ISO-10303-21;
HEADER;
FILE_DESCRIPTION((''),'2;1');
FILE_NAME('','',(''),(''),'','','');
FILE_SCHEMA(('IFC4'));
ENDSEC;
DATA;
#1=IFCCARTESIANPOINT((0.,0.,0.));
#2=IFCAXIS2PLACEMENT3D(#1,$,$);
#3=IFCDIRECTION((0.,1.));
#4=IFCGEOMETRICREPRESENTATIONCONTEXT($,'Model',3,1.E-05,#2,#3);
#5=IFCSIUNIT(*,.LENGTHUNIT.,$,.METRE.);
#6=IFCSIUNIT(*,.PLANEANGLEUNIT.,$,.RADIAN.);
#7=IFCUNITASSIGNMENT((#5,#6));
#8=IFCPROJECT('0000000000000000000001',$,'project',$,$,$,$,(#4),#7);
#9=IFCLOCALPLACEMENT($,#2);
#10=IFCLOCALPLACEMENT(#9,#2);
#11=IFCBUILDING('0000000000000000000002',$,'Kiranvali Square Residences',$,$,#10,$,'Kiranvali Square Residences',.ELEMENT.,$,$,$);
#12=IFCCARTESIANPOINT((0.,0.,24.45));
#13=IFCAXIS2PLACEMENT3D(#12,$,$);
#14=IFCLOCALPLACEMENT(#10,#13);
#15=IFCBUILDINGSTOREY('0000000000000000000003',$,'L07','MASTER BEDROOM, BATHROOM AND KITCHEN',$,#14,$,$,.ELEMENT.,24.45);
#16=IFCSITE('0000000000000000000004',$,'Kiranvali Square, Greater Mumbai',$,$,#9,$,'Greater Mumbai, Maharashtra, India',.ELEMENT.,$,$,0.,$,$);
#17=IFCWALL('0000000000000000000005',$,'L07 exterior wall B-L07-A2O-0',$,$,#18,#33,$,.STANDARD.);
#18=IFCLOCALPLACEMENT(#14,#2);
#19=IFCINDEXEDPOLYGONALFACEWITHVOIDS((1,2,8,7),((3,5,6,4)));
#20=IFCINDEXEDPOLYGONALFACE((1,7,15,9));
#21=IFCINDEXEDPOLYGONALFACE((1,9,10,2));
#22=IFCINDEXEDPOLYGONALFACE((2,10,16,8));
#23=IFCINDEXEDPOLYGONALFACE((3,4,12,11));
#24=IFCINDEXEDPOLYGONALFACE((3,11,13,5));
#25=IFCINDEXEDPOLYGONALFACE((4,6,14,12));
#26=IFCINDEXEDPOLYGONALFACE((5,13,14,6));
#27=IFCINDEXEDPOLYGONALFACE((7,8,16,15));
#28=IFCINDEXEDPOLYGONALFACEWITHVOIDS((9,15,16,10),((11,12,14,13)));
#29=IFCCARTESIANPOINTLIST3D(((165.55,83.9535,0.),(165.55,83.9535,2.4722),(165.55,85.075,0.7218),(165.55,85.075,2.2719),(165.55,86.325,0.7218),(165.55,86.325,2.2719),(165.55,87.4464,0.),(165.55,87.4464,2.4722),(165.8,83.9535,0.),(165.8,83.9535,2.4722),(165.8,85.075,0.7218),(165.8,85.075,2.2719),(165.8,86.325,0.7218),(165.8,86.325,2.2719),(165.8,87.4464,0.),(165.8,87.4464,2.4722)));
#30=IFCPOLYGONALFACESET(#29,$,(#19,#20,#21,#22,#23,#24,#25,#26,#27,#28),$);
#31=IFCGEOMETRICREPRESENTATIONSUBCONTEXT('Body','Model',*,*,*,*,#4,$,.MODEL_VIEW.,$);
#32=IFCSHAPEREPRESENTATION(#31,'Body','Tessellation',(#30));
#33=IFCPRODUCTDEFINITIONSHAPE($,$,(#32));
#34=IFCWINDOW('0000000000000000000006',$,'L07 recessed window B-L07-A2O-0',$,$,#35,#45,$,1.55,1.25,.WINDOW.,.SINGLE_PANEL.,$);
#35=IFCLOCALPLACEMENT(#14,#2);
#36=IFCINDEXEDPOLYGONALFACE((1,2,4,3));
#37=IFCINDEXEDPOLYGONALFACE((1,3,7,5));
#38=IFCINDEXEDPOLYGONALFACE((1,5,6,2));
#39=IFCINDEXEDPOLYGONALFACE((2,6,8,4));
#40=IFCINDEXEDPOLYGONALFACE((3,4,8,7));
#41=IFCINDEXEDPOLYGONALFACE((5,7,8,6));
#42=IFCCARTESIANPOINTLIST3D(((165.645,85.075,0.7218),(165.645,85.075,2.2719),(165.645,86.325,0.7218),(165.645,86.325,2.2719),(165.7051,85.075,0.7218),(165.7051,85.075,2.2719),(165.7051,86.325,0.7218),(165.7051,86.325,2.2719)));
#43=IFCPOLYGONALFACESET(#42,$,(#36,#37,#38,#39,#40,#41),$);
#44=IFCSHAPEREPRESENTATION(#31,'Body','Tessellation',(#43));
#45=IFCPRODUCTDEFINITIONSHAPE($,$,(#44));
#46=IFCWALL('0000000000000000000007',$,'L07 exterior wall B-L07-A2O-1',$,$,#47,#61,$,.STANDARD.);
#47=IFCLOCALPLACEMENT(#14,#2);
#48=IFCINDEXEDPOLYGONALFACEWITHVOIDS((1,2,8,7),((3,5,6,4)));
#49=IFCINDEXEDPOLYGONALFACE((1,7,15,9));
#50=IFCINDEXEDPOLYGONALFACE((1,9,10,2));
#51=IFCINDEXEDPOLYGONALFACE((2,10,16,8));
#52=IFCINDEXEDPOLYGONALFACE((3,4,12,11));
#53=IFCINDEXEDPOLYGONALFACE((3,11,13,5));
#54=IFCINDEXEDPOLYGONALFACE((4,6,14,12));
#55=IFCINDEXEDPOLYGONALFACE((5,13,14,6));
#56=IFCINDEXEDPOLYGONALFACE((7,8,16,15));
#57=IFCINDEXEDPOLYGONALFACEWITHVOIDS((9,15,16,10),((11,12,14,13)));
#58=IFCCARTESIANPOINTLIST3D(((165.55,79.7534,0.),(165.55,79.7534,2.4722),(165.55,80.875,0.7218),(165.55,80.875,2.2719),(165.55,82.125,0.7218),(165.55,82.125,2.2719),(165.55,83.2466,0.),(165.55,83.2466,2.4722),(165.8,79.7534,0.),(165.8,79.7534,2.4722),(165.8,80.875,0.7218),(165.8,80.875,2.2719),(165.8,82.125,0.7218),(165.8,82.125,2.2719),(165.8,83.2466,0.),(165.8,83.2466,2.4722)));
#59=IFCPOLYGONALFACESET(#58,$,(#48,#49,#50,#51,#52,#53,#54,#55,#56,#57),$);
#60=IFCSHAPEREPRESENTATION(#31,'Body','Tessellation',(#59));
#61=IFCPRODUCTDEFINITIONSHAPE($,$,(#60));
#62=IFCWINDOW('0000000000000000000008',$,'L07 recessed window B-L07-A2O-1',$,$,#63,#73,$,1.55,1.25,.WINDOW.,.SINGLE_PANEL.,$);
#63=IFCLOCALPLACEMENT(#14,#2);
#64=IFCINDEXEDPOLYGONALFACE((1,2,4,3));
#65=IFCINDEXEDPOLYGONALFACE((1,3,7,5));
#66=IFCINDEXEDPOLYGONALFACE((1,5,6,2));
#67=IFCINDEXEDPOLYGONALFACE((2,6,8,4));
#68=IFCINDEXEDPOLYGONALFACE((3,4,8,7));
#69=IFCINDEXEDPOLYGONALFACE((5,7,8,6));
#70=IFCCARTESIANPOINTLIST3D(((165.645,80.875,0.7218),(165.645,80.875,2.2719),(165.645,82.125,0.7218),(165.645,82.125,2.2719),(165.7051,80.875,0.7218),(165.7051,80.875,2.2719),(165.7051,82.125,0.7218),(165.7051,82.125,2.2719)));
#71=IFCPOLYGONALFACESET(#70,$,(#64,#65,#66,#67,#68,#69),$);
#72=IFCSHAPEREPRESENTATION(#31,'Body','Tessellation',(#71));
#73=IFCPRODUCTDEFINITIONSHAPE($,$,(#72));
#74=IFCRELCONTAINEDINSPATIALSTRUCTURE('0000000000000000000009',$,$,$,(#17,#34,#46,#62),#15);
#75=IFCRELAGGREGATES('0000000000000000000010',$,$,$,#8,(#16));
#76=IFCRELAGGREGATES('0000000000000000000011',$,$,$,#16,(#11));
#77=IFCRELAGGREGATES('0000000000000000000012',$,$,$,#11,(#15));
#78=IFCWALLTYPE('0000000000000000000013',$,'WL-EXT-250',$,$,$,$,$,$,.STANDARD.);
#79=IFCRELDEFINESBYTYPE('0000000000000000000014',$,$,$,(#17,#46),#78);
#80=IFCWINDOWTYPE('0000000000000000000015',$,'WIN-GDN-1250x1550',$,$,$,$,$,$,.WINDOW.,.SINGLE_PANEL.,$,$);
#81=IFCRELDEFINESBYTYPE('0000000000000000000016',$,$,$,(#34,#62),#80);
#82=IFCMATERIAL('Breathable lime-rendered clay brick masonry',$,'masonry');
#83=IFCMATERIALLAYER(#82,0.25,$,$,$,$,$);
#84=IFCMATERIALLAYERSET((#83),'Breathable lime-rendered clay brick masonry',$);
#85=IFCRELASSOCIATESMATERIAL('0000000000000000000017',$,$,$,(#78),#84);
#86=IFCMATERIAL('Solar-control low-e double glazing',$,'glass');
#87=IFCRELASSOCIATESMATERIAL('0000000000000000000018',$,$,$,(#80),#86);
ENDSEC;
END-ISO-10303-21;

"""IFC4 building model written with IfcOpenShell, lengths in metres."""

from ifc_helpers import new_model, si_unit, direction, frame, frame_2d, origin, place, context, subcontext, project, spatial, rectangle, extrude, material, layer, layer_set, type_object, element, fill, save


model = new_model("IFC4")

# Units and contexts
model_context = context("Model", 3, precision=1e-05, world=origin(), true_north=direction((0.0, 1.0)))
body_context = subcontext(model_context, "Body", "Model", "MODEL_VIEW")
ifc_project = project(units=[si_unit("LENGTHUNIT", "METRE"), si_unit("PLANEANGLEUNIT", "RADIAN")], contexts=[model_context])

# Site, building, storey
site_placement = place(None, origin())
site = spatial("IfcSite", under=ifc_project, at=site_placement, Name="Kiranvali Square, Greater Mumbai", LongName="Greater Mumbai, Maharashtra, India", CompositionType="ELEMENT", RefElevation=0.0)
building_placement = place(site_placement, origin())
building = spatial("IfcBuilding", under=site, at=building_placement, Name="Kiranvali Square Residences", LongName="Kiranvali Square Residences", CompositionType="ELEMENT")
storey_placement = place(building_placement, frame((0.0, 0.0, 24.45)))
storey = spatial("IfcBuildingStorey", under=building, at=storey_placement, Name="L07", Description="MASTER BEDROOM, BATHROOM AND KITCHEN", CompositionType="ELEMENT", Elevation=24.45)

# Walls, openings, windows
ifc_material_1 = material(Name="Breathable lime-rendered clay brick masonry", Category="masonry")
ifc_layer = layer(ifc_material_1, 0.25)
ifc_layer_set = layer_set([ifc_layer], Name="Breathable lime-rendered clay brick masonry")
wall_type = type_object("IfcWallType", Name="WL-EXT-250", PredefinedType="STANDARD", material=ifc_layer_set)
wall_1_placement = place(storey_placement, frame((165.675, 87.4465, 0.0), z_axis=(0.0, 0.0, 1.0), x_axis=(0.0, -1.0, 0.0)))
wall_1 = element("IfcWall", 1, at=wall_1_placement, inside=storey, type_object=wall_type, Name="L07 exterior wall B-L07-A2O-0", PredefinedType="STANDARD", context=body_context, shape_type="SweptSolid", body=[
    extrude(rectangle(XDim=3.4929, YDim=0.25, at=frame_2d((1.7466, 0.0))), origin(), (0.0, 0.0, 1.0), 2.4722),
])
opening_1_placement = place(wall_1_placement, frame((1.1216, 0.0, 0.7219)))
opening_1 = element("IfcOpeningElement", 2, at=opening_1_placement, cuts=wall_1, PredefinedType="OPENING", context=body_context, shape_type="SweptSolid", body=[
    extrude(rectangle(XDim=1.25, YDim=1.55, at=frame_2d((0.625, 0.7749))), frame((0.0, 0.135, 0.0), z_axis=(0.0, -1.0, 0.0), x_axis=(1.0, 0.0, 0.0)), (0.0, 0.0, 1.0), 0.27),
])
ifc_material_2 = material(Name="Solar-control low-e double glazing", Category="glass")
window_type = type_object("IfcWindowType", Name="WIN-GDN-1250x1550", PartitioningType="SINGLE_PANEL", PredefinedType="WINDOW", material=ifc_material_2)
window_1_placement = place(opening_1_placement, origin())
window_1 = element("IfcWindow", 3, at=window_1_placement, inside=storey, type_object=window_type, Name="L07 recessed window B-L07-A2O-0", OverallHeight=1.55, OverallWidth=1.25, PartitioningType="SINGLE_PANEL", PredefinedType="WINDOW", context=body_context, shape_type="SweptSolid", body=[
    extrude(rectangle(XDim=1.25, YDim=1.55, at=frame_2d((0.625, 0.7749))), frame((0.0, 0.03, 0.0), z_axis=(0.0, -1.0, 0.0), x_axis=(1.0, 0.0, 0.0)), (0.0, 0.0, 1.0), 0.0601),
])
fill(opening_1, window_1)
wall_2_placement = place(storey_placement, frame((165.675, 83.2466, 0.0), z_axis=(0.0, 0.0, 1.0), x_axis=(0.0, -1.0, 0.0)))
wall_2 = element("IfcWall", 4, at=wall_2_placement, inside=storey, type_object=wall_type, Name="L07 exterior wall B-L07-A2O-1", PredefinedType="STANDARD", context=body_context, shape_type="SweptSolid", body=[
    extrude(rectangle(XDim=3.4932, YDim=0.25, at=frame_2d((1.7466, 0.0))), origin(), (0.0, 0.0, 1.0), 2.4722),
])
opening_2_placement = place(wall_2_placement, frame((1.1216, 0.0, 0.7219)))
opening_2 = element("IfcOpeningElement", 5, at=opening_2_placement, cuts=wall_2, PredefinedType="OPENING", context=body_context, shape_type="SweptSolid", body=[
    extrude(rectangle(XDim=1.25, YDim=1.55, at=frame_2d((0.625, 0.7749))), frame((0.0, 0.135, 0.0), z_axis=(0.0, -1.0, 0.0), x_axis=(1.0, 0.0, 0.0)), (0.0, 0.0, 1.0), 0.27),
])
window_2_placement = place(opening_2_placement, origin())
window_2 = element("IfcWindow", 6, at=window_2_placement, inside=storey, type_object=window_type, Name="L07 recessed window B-L07-A2O-1", OverallHeight=1.55, OverallWidth=1.25, PartitioningType="SINGLE_PANEL", PredefinedType="WINDOW", context=body_context, shape_type="SweptSolid", body=[
    extrude(rectangle(XDim=1.25, YDim=1.55, at=frame_2d((0.625, 0.7749))), frame((0.0, 0.03, 0.0), z_axis=(0.0, -1.0, 0.0), x_axis=(1.0, 0.0, 0.0)), (0.0, 0.0, 1.0), 0.0601),
])
fill(opening_2, window_2)

save(model, "model.ifc")
